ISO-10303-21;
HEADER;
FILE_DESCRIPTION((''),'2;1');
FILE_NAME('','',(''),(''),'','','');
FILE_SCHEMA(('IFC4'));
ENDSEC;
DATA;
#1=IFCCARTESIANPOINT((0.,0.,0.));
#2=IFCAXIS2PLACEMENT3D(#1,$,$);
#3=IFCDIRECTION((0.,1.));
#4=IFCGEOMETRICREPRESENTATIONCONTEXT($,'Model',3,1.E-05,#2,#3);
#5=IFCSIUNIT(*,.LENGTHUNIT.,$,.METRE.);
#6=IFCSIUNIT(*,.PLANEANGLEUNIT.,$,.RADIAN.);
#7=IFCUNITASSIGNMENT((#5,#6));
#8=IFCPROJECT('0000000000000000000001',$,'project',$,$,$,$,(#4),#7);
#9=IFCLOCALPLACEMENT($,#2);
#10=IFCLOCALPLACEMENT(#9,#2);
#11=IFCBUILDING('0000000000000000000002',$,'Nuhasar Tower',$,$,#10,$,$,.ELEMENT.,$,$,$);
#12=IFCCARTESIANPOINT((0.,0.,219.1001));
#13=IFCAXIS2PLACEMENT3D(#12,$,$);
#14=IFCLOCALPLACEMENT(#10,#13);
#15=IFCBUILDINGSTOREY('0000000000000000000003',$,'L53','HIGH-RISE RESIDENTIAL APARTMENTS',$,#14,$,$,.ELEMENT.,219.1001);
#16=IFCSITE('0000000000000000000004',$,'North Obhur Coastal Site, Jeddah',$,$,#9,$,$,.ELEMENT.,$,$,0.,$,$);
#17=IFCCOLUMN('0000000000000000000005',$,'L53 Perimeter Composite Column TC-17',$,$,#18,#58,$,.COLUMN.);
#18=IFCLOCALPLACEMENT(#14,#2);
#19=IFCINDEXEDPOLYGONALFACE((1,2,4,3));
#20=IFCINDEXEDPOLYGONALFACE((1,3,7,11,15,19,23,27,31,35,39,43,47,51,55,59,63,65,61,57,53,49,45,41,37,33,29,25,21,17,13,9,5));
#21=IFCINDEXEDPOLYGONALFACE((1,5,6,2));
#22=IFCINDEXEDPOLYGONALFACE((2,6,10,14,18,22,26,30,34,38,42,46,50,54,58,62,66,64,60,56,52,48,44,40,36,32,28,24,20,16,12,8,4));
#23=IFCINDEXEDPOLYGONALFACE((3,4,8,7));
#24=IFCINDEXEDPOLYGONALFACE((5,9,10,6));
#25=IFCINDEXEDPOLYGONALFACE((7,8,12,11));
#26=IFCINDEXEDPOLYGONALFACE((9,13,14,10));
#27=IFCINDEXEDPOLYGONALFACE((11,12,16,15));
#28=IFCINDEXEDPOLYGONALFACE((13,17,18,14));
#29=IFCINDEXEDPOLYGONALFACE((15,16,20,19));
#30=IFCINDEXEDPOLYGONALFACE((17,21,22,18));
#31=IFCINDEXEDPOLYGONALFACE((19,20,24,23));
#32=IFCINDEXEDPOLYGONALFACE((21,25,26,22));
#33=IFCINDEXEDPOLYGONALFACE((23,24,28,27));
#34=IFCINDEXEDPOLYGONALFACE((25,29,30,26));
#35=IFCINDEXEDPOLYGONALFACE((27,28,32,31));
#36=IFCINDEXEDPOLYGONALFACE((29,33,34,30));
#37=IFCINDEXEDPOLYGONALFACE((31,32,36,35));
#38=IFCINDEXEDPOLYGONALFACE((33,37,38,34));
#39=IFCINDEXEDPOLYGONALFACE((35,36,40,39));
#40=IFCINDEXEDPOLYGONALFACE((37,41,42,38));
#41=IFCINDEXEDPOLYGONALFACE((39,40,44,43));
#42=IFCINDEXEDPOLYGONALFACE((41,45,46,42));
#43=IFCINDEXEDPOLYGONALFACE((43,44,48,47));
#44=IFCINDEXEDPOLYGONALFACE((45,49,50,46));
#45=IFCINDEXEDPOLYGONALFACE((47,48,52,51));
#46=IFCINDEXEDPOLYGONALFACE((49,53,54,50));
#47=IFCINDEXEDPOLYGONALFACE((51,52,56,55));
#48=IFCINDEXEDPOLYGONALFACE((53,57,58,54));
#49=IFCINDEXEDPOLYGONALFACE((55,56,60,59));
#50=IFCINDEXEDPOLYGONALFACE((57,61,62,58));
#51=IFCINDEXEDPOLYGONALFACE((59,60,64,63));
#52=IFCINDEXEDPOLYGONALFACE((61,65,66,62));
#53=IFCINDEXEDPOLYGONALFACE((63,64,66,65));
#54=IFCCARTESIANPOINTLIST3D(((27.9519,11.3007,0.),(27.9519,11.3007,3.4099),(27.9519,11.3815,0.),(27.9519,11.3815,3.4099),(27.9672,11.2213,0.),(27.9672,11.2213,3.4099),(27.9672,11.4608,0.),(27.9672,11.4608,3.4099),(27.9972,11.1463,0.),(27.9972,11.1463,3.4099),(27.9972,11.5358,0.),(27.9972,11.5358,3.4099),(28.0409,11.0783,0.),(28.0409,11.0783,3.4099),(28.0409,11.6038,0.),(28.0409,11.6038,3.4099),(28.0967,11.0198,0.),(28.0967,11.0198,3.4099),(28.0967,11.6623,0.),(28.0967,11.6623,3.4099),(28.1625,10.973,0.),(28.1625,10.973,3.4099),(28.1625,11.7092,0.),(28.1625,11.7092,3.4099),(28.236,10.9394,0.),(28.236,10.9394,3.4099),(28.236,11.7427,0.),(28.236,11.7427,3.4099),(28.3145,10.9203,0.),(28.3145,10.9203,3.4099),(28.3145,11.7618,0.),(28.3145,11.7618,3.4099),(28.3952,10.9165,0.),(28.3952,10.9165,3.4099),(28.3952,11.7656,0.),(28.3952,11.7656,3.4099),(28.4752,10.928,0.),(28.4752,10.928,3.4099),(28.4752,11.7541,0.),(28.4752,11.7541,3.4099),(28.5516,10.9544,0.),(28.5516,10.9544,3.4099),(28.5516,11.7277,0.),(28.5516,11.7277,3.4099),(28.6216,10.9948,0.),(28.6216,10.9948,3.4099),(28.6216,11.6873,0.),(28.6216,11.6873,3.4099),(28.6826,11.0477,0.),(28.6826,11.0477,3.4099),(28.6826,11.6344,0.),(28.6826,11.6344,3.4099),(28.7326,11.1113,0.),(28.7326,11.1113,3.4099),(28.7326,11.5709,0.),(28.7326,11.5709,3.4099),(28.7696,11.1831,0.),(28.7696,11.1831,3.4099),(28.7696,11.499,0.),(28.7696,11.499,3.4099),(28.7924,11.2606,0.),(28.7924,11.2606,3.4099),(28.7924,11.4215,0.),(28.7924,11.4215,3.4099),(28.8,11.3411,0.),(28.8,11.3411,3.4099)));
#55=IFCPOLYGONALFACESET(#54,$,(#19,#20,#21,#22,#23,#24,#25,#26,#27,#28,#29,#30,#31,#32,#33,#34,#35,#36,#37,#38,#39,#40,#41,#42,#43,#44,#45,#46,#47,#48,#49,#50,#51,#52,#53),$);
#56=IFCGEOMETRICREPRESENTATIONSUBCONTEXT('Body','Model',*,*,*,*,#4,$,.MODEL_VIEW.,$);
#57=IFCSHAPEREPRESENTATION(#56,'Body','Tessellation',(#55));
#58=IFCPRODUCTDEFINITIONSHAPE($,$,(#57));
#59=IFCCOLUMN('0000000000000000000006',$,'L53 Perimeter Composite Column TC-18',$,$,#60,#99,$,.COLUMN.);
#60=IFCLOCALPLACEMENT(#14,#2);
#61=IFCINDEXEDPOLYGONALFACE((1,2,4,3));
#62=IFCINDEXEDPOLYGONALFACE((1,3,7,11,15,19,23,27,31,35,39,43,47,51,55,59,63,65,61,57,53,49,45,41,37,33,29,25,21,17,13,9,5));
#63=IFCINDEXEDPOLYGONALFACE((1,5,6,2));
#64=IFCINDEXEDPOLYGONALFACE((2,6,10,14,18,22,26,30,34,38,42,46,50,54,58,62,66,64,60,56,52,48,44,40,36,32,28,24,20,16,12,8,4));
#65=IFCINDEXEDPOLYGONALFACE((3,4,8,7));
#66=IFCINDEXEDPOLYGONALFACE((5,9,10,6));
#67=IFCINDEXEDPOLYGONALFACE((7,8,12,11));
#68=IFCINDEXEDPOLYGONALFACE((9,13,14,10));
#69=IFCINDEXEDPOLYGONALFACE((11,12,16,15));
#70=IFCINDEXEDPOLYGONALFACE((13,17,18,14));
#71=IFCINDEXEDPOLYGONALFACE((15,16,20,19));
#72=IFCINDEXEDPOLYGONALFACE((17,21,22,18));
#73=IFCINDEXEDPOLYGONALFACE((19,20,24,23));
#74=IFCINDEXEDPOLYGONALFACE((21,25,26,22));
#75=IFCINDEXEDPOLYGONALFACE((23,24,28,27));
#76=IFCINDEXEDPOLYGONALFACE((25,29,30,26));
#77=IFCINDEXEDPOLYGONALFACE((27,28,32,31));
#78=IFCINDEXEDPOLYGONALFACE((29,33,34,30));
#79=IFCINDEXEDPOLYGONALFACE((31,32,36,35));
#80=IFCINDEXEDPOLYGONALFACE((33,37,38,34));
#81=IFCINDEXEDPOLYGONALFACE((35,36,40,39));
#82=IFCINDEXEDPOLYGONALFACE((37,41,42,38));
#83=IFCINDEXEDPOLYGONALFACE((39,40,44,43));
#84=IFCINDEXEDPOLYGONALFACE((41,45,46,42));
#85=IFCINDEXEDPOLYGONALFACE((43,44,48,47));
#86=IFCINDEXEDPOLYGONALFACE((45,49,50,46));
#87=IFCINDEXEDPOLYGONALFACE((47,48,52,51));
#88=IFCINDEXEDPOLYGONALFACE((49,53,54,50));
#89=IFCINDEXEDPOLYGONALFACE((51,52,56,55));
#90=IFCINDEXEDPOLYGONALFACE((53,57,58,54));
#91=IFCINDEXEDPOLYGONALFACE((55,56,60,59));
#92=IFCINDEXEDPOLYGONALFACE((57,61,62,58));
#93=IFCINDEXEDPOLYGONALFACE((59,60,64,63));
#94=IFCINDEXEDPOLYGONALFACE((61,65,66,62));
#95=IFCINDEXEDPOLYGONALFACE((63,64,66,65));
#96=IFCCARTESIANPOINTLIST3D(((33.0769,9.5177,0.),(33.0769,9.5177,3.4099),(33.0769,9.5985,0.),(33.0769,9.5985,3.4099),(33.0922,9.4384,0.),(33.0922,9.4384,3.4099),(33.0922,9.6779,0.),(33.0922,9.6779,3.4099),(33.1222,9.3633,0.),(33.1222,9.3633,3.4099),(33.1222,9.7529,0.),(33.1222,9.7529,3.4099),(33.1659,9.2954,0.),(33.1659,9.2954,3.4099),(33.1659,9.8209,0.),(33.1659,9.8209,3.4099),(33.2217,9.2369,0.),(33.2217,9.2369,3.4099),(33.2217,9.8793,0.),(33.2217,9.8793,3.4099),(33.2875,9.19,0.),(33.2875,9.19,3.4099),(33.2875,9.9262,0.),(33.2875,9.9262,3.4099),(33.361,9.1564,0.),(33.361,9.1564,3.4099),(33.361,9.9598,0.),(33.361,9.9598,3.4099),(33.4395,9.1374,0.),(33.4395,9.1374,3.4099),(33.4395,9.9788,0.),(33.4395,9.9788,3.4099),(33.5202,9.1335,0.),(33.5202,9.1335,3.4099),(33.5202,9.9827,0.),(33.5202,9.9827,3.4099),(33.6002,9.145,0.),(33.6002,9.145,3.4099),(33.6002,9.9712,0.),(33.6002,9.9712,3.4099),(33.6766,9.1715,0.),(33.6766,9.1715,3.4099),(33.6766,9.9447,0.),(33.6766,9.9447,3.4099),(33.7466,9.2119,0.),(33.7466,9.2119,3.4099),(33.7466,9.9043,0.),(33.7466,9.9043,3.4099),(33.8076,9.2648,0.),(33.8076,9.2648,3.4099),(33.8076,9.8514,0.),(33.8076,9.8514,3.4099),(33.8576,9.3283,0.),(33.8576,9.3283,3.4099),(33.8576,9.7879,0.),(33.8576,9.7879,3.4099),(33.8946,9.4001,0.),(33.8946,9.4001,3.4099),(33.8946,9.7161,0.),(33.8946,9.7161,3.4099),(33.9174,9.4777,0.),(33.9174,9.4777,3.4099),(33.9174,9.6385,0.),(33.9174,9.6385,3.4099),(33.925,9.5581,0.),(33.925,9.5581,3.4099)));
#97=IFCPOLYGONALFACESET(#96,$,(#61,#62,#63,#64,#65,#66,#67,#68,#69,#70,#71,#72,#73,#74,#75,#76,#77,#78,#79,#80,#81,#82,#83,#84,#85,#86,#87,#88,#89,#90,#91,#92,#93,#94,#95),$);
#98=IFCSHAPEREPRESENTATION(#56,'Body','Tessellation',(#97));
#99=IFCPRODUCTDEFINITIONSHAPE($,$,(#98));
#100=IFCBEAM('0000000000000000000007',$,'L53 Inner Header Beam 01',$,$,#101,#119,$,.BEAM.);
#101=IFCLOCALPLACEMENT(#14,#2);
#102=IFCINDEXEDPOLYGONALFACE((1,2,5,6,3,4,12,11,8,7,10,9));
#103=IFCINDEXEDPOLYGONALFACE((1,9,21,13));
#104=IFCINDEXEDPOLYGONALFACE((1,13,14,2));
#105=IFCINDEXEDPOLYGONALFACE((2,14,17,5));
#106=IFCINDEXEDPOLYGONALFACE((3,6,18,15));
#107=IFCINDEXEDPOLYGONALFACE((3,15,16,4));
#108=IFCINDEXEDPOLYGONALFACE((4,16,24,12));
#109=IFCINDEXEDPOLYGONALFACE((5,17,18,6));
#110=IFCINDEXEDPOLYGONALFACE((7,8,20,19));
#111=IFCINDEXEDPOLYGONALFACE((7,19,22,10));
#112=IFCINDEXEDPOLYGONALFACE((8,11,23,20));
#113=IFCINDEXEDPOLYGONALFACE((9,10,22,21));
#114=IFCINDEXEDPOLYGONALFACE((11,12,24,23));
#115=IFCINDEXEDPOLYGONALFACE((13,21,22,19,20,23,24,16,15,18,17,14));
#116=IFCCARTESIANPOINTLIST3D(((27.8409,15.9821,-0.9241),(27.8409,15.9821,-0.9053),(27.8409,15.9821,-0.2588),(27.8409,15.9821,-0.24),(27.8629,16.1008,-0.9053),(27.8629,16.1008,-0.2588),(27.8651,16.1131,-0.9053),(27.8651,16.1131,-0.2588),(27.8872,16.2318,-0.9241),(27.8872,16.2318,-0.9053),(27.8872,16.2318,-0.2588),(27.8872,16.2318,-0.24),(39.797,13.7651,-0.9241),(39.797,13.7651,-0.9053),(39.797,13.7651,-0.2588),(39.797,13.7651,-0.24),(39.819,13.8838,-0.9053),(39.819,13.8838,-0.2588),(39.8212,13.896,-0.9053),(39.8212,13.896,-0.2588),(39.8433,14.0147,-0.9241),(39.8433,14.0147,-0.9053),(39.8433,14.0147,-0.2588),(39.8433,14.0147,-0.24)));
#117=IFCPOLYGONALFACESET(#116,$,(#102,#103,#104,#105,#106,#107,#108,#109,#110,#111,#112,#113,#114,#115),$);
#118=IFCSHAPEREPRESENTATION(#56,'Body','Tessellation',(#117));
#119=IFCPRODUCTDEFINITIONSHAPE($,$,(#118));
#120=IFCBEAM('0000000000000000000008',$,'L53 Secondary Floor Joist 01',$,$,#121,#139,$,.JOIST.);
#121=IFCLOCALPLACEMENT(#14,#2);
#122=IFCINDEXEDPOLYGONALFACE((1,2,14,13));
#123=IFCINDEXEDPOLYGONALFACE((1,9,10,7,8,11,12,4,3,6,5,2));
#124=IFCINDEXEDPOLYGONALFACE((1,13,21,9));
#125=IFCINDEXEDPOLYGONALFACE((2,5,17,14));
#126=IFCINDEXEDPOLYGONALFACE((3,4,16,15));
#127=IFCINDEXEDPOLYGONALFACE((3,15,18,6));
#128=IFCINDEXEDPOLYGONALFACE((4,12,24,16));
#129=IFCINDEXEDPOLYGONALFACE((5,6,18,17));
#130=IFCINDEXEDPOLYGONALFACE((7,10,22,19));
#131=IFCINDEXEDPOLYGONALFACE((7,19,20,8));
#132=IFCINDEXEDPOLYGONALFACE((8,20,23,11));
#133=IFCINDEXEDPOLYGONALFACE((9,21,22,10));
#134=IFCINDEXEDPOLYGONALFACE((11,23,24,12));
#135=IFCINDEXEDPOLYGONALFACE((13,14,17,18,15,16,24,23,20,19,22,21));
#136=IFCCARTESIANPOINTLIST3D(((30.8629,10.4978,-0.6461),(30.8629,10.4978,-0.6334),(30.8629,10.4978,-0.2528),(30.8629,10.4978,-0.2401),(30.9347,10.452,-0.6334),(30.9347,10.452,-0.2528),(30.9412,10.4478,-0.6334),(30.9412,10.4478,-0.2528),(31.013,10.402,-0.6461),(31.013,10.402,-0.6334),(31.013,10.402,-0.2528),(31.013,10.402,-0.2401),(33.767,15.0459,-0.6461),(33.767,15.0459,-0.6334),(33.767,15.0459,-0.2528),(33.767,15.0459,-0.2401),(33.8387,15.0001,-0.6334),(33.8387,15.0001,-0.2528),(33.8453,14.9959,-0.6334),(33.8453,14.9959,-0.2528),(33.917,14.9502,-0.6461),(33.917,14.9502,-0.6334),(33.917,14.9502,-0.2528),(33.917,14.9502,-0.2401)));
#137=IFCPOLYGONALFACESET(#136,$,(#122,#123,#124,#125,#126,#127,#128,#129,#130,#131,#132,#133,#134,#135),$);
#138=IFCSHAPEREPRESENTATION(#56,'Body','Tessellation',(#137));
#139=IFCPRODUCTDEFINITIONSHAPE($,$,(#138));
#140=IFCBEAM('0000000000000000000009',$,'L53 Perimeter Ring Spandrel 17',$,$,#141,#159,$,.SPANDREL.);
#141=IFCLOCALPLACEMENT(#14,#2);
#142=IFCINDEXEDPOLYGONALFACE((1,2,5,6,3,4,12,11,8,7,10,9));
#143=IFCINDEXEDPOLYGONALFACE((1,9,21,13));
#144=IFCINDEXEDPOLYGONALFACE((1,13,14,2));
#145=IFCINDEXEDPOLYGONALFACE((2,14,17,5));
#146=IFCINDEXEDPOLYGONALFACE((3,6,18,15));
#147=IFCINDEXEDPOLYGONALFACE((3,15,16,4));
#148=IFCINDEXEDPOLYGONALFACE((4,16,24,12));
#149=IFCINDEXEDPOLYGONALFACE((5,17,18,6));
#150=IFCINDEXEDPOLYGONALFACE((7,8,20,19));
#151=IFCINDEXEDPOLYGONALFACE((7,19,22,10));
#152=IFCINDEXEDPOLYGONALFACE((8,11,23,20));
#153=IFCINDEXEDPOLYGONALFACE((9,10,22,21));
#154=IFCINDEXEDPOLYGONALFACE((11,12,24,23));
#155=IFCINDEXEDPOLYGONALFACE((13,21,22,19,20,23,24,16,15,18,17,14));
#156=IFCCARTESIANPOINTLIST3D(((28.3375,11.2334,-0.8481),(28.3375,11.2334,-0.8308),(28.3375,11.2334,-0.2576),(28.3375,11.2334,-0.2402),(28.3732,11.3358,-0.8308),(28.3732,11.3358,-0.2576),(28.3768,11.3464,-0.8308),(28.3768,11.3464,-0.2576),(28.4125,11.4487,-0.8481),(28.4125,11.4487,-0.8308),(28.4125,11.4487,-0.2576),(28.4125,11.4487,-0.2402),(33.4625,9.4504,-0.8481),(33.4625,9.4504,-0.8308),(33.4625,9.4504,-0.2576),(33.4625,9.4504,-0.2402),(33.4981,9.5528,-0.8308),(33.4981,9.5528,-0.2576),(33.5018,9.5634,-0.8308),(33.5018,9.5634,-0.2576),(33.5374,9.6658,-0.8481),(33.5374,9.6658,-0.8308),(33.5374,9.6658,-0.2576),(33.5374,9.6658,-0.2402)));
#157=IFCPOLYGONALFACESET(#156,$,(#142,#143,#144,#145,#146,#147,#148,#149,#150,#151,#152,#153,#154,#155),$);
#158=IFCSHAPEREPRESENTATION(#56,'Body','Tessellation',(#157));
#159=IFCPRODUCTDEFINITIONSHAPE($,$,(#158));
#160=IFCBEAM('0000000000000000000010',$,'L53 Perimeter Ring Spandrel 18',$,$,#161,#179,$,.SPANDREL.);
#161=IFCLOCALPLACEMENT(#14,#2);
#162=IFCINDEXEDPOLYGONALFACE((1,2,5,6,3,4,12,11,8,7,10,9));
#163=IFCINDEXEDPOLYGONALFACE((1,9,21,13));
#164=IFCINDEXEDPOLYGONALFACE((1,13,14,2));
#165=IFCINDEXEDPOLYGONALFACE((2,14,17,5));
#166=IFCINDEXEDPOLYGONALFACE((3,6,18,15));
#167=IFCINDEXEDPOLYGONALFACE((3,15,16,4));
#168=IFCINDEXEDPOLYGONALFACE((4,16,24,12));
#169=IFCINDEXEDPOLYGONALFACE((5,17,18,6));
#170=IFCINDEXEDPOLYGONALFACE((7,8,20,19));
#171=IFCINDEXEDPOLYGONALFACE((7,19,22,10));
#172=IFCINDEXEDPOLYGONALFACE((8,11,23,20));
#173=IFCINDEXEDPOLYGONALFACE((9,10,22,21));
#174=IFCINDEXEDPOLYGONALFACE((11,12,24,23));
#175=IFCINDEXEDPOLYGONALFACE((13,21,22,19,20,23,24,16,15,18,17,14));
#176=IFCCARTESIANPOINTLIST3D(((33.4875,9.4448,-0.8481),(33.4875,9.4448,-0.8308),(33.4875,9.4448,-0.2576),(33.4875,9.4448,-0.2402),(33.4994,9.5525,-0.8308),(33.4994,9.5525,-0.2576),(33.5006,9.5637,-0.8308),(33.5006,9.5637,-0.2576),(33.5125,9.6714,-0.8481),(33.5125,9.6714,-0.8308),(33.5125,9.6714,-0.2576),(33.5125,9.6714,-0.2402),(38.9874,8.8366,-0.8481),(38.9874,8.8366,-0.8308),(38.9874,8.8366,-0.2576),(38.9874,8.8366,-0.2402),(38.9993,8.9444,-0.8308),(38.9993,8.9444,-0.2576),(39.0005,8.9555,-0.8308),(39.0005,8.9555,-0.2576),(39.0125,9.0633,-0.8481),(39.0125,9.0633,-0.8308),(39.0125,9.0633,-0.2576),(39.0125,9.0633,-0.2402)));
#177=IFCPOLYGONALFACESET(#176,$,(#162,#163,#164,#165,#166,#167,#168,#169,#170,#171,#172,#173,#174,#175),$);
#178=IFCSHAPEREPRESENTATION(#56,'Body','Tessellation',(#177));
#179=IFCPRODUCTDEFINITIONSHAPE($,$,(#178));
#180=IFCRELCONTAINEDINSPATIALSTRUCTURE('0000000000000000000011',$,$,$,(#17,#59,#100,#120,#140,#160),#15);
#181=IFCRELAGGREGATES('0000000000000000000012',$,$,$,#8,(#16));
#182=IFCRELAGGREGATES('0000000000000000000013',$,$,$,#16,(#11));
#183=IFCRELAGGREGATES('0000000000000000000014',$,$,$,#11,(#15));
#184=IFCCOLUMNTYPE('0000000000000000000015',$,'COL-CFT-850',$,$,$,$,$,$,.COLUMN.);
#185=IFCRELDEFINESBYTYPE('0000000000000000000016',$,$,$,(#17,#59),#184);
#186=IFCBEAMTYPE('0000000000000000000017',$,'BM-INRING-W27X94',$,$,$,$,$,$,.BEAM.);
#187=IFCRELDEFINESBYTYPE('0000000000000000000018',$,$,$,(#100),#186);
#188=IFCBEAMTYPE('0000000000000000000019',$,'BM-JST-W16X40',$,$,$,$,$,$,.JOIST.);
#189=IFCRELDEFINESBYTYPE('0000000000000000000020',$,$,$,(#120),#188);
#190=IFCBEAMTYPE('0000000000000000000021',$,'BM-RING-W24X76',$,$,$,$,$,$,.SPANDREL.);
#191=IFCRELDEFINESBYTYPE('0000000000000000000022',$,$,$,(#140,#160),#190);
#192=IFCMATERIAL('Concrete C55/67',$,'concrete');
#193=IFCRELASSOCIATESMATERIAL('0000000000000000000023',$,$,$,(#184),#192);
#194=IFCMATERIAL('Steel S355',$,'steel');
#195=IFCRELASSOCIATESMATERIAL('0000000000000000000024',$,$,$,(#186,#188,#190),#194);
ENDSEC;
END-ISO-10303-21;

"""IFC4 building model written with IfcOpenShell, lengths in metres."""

from ifc_helpers import new_model, si_unit, direction, frame, origin, origin_2d, place, context, subcontext, project, spatial, circle, i_section, extrude, material, material_profile, profile_set, type_object, element, save


model = new_model("IFC4")

# Units and contexts
model_context = context("Model", 3, precision=1e-05, world=origin(), true_north=direction((0.0, 1.0)))
body_context = subcontext(model_context, "Body", "Model", "MODEL_VIEW")
ifc_project = project(units=[si_unit("LENGTHUNIT", "METRE"), si_unit("PLANEANGLEUNIT", "RADIAN")], contexts=[model_context])

# Site, building, storey
site_placement = place(None, origin())
site = spatial("IfcSite", under=ifc_project, at=site_placement, Name="North Obhur Coastal Site, Jeddah", CompositionType="ELEMENT", RefElevation=0.0)
building_placement = place(site_placement, origin())
building = spatial("IfcBuilding", under=site, at=building_placement, Name="Nuhasar Tower", CompositionType="ELEMENT")
storey_placement = place(building_placement, frame((0.0, 0.0, 219.1001)))
storey = spatial("IfcBuildingStorey", under=building, at=storey_placement, Name="L53", Description="HIGH-RISE RESIDENTIAL APARTMENTS", CompositionType="ELEMENT", Elevation=219.1001)

# Columns
ifc_material_1 = material(Name="Concrete C55/67", Category="concrete")
ifc_material_profile_1 = material_profile(ifc_material_1, circle(Radius=0.425, at=origin_2d()), Name="CFT850")
ifc_profile_set_1 = profile_set([ifc_material_profile_1], Name="Concrete C55/67")
column_type = type_object("IfcColumnType", Name="COL-CFT-850", PredefinedType="COLUMN", material=ifc_profile_set_1)
for number, where, z_axis, x_axis, name in (
    (1, (28.375, 11.3411, 0.0), (0.0, 0.0, 1.0), (1.0, 0.0, 0.0), "L53 Perimeter Composite Column TC-17"),
    (2, (33.5, 9.5581, 0.0), (0.0, 0.0, 1.0), (1.0, 0.0, 0.0), "L53 Perimeter Composite Column TC-18"),
):
    element("IfcColumn", number, at=place(storey_placement, frame(where, z_axis=z_axis, x_axis=x_axis)), inside=storey, type_object=column_type, Name=name, PredefinedType="COLUMN", context=body_context, shape_type="SweptSolid", body=[
        extrude(circle(Radius=0.425, at=origin_2d()), origin(), (0.0, 0.0, 1.0), 3.4099),
    ])

# Beams
ifc_material_2 = material(Name="Steel S355", Category="steel")
ifc_material_profile_2 = material_profile(ifc_material_2, i_section(OverallWidth=0.2539, OverallDepth=0.6841, WebThickness=0.0125, FlangeThickness=0.0188, at=origin_2d()), Name="W27X94")
ifc_profile_set_2 = profile_set([ifc_material_profile_2], Name="Steel S355")
beam_type_1 = type_object("IfcBeamType", Name="BM-INRING-W27X94", PredefinedType="BEAM", material=ifc_profile_set_2)
beam_1_placement = place(storey_placement, frame((27.864, 16.1069, -0.582), z_axis=(0.983238, -0.182324, 0.0), x_axis=(0.182324, 0.983238, 0.0)))
element("IfcBeam", 3, at=beam_1_placement, inside=storey, type_object=beam_type_1, Name="L53 Inner Header Beam 01", PredefinedType="BEAM", context=body_context, shape_type="SweptSolid", body=[
    extrude(i_section(OverallWidth=0.2539, OverallDepth=0.6841, WebThickness=0.0125, FlangeThickness=0.0188, at=origin_2d()), origin(), (0.0, 0.0, 1.0), 12.1599),
])
ifc_material_profile_3 = material_profile(ifc_material_2, i_section(OverallWidth=0.178, OverallDepth=0.406, WebThickness=0.0078, FlangeThickness=0.0127, at=origin_2d()), Name="W16X40")
ifc_profile_set_3 = profile_set([ifc_material_profile_3], Name="Steel S355")
beam_type_2 = type_object("IfcBeamType", Name="BM-JST-W16X40", PredefinedType="JOIST", material=ifc_profile_set_3)
beam_2_placement = place(storey_placement, frame((33.842, 14.998, -0.4431), z_axis=(-0.538169, -0.842837, 0.0), x_axis=(0.842837, -0.538169, 0.0)))
element("IfcBeam", 4, at=beam_2_placement, inside=storey, type_object=beam_type_2, Name="L53 Secondary Floor Joist 01", PredefinedType="JOIST", context=body_context, shape_type="SweptSolid", body=[
    extrude(i_section(OverallWidth=0.178, OverallDepth=0.406, WebThickness=0.0078, FlangeThickness=0.0127, at=origin_2d()), origin(), (0.0, 0.0, 1.0), 5.3962),
])
ifc_material_profile_4 = material_profile(ifc_material_2, i_section(OverallWidth=0.228, OverallDepth=0.6079, WebThickness=0.0112, FlangeThickness=0.0173, at=origin_2d()), Name="W24X76")
ifc_profile_set_4 = profile_set([ifc_material_profile_4], Name="Steel S355")
beam_type_3 = type_object("IfcBeamType", Name="BM-RING-W24X76", PredefinedType="SPANDREL", material=ifc_profile_set_4)
beam_3_placement = place(storey_placement, frame((28.375, 11.3411, -0.5442), z_axis=(0.944477, -0.328578, 0.0), x_axis=(0.328578, 0.944477, 0.0)))
element("IfcBeam", 5, at=beam_3_placement, inside=storey, type_object=beam_type_3, Name="L53 Perimeter Ring Spandrel 17", PredefinedType="SPANDREL", context=body_context, shape_type="SweptSolid", body=[
    extrude(i_section(OverallWidth=0.228, OverallDepth=0.6079, WebThickness=0.0112, FlangeThickness=0.0173, at=origin_2d()), origin(), (0.0, 0.0, 1.0), 5.4263),
])
beam_4_placement = place(storey_placement, frame((33.5, 9.5581, -0.5442), z_axis=(0.993942, -0.109904, 0.0), x_axis=(0.109904, 0.993942, 0.0)))
element("IfcBeam", 6, at=beam_4_placement, inside=storey, type_object=beam_type_3, Name="L53 Perimeter Ring Spandrel 18", PredefinedType="SPANDREL", context=body_context, shape_type="SweptSolid", body=[
    extrude(i_section(OverallWidth=0.228, OverallDepth=0.6079, WebThickness=0.0112, FlangeThickness=0.0173, at=origin_2d()), origin(), (0.0, 0.0, 1.0), 5.5334),
])

save(model, "model.ifc")
